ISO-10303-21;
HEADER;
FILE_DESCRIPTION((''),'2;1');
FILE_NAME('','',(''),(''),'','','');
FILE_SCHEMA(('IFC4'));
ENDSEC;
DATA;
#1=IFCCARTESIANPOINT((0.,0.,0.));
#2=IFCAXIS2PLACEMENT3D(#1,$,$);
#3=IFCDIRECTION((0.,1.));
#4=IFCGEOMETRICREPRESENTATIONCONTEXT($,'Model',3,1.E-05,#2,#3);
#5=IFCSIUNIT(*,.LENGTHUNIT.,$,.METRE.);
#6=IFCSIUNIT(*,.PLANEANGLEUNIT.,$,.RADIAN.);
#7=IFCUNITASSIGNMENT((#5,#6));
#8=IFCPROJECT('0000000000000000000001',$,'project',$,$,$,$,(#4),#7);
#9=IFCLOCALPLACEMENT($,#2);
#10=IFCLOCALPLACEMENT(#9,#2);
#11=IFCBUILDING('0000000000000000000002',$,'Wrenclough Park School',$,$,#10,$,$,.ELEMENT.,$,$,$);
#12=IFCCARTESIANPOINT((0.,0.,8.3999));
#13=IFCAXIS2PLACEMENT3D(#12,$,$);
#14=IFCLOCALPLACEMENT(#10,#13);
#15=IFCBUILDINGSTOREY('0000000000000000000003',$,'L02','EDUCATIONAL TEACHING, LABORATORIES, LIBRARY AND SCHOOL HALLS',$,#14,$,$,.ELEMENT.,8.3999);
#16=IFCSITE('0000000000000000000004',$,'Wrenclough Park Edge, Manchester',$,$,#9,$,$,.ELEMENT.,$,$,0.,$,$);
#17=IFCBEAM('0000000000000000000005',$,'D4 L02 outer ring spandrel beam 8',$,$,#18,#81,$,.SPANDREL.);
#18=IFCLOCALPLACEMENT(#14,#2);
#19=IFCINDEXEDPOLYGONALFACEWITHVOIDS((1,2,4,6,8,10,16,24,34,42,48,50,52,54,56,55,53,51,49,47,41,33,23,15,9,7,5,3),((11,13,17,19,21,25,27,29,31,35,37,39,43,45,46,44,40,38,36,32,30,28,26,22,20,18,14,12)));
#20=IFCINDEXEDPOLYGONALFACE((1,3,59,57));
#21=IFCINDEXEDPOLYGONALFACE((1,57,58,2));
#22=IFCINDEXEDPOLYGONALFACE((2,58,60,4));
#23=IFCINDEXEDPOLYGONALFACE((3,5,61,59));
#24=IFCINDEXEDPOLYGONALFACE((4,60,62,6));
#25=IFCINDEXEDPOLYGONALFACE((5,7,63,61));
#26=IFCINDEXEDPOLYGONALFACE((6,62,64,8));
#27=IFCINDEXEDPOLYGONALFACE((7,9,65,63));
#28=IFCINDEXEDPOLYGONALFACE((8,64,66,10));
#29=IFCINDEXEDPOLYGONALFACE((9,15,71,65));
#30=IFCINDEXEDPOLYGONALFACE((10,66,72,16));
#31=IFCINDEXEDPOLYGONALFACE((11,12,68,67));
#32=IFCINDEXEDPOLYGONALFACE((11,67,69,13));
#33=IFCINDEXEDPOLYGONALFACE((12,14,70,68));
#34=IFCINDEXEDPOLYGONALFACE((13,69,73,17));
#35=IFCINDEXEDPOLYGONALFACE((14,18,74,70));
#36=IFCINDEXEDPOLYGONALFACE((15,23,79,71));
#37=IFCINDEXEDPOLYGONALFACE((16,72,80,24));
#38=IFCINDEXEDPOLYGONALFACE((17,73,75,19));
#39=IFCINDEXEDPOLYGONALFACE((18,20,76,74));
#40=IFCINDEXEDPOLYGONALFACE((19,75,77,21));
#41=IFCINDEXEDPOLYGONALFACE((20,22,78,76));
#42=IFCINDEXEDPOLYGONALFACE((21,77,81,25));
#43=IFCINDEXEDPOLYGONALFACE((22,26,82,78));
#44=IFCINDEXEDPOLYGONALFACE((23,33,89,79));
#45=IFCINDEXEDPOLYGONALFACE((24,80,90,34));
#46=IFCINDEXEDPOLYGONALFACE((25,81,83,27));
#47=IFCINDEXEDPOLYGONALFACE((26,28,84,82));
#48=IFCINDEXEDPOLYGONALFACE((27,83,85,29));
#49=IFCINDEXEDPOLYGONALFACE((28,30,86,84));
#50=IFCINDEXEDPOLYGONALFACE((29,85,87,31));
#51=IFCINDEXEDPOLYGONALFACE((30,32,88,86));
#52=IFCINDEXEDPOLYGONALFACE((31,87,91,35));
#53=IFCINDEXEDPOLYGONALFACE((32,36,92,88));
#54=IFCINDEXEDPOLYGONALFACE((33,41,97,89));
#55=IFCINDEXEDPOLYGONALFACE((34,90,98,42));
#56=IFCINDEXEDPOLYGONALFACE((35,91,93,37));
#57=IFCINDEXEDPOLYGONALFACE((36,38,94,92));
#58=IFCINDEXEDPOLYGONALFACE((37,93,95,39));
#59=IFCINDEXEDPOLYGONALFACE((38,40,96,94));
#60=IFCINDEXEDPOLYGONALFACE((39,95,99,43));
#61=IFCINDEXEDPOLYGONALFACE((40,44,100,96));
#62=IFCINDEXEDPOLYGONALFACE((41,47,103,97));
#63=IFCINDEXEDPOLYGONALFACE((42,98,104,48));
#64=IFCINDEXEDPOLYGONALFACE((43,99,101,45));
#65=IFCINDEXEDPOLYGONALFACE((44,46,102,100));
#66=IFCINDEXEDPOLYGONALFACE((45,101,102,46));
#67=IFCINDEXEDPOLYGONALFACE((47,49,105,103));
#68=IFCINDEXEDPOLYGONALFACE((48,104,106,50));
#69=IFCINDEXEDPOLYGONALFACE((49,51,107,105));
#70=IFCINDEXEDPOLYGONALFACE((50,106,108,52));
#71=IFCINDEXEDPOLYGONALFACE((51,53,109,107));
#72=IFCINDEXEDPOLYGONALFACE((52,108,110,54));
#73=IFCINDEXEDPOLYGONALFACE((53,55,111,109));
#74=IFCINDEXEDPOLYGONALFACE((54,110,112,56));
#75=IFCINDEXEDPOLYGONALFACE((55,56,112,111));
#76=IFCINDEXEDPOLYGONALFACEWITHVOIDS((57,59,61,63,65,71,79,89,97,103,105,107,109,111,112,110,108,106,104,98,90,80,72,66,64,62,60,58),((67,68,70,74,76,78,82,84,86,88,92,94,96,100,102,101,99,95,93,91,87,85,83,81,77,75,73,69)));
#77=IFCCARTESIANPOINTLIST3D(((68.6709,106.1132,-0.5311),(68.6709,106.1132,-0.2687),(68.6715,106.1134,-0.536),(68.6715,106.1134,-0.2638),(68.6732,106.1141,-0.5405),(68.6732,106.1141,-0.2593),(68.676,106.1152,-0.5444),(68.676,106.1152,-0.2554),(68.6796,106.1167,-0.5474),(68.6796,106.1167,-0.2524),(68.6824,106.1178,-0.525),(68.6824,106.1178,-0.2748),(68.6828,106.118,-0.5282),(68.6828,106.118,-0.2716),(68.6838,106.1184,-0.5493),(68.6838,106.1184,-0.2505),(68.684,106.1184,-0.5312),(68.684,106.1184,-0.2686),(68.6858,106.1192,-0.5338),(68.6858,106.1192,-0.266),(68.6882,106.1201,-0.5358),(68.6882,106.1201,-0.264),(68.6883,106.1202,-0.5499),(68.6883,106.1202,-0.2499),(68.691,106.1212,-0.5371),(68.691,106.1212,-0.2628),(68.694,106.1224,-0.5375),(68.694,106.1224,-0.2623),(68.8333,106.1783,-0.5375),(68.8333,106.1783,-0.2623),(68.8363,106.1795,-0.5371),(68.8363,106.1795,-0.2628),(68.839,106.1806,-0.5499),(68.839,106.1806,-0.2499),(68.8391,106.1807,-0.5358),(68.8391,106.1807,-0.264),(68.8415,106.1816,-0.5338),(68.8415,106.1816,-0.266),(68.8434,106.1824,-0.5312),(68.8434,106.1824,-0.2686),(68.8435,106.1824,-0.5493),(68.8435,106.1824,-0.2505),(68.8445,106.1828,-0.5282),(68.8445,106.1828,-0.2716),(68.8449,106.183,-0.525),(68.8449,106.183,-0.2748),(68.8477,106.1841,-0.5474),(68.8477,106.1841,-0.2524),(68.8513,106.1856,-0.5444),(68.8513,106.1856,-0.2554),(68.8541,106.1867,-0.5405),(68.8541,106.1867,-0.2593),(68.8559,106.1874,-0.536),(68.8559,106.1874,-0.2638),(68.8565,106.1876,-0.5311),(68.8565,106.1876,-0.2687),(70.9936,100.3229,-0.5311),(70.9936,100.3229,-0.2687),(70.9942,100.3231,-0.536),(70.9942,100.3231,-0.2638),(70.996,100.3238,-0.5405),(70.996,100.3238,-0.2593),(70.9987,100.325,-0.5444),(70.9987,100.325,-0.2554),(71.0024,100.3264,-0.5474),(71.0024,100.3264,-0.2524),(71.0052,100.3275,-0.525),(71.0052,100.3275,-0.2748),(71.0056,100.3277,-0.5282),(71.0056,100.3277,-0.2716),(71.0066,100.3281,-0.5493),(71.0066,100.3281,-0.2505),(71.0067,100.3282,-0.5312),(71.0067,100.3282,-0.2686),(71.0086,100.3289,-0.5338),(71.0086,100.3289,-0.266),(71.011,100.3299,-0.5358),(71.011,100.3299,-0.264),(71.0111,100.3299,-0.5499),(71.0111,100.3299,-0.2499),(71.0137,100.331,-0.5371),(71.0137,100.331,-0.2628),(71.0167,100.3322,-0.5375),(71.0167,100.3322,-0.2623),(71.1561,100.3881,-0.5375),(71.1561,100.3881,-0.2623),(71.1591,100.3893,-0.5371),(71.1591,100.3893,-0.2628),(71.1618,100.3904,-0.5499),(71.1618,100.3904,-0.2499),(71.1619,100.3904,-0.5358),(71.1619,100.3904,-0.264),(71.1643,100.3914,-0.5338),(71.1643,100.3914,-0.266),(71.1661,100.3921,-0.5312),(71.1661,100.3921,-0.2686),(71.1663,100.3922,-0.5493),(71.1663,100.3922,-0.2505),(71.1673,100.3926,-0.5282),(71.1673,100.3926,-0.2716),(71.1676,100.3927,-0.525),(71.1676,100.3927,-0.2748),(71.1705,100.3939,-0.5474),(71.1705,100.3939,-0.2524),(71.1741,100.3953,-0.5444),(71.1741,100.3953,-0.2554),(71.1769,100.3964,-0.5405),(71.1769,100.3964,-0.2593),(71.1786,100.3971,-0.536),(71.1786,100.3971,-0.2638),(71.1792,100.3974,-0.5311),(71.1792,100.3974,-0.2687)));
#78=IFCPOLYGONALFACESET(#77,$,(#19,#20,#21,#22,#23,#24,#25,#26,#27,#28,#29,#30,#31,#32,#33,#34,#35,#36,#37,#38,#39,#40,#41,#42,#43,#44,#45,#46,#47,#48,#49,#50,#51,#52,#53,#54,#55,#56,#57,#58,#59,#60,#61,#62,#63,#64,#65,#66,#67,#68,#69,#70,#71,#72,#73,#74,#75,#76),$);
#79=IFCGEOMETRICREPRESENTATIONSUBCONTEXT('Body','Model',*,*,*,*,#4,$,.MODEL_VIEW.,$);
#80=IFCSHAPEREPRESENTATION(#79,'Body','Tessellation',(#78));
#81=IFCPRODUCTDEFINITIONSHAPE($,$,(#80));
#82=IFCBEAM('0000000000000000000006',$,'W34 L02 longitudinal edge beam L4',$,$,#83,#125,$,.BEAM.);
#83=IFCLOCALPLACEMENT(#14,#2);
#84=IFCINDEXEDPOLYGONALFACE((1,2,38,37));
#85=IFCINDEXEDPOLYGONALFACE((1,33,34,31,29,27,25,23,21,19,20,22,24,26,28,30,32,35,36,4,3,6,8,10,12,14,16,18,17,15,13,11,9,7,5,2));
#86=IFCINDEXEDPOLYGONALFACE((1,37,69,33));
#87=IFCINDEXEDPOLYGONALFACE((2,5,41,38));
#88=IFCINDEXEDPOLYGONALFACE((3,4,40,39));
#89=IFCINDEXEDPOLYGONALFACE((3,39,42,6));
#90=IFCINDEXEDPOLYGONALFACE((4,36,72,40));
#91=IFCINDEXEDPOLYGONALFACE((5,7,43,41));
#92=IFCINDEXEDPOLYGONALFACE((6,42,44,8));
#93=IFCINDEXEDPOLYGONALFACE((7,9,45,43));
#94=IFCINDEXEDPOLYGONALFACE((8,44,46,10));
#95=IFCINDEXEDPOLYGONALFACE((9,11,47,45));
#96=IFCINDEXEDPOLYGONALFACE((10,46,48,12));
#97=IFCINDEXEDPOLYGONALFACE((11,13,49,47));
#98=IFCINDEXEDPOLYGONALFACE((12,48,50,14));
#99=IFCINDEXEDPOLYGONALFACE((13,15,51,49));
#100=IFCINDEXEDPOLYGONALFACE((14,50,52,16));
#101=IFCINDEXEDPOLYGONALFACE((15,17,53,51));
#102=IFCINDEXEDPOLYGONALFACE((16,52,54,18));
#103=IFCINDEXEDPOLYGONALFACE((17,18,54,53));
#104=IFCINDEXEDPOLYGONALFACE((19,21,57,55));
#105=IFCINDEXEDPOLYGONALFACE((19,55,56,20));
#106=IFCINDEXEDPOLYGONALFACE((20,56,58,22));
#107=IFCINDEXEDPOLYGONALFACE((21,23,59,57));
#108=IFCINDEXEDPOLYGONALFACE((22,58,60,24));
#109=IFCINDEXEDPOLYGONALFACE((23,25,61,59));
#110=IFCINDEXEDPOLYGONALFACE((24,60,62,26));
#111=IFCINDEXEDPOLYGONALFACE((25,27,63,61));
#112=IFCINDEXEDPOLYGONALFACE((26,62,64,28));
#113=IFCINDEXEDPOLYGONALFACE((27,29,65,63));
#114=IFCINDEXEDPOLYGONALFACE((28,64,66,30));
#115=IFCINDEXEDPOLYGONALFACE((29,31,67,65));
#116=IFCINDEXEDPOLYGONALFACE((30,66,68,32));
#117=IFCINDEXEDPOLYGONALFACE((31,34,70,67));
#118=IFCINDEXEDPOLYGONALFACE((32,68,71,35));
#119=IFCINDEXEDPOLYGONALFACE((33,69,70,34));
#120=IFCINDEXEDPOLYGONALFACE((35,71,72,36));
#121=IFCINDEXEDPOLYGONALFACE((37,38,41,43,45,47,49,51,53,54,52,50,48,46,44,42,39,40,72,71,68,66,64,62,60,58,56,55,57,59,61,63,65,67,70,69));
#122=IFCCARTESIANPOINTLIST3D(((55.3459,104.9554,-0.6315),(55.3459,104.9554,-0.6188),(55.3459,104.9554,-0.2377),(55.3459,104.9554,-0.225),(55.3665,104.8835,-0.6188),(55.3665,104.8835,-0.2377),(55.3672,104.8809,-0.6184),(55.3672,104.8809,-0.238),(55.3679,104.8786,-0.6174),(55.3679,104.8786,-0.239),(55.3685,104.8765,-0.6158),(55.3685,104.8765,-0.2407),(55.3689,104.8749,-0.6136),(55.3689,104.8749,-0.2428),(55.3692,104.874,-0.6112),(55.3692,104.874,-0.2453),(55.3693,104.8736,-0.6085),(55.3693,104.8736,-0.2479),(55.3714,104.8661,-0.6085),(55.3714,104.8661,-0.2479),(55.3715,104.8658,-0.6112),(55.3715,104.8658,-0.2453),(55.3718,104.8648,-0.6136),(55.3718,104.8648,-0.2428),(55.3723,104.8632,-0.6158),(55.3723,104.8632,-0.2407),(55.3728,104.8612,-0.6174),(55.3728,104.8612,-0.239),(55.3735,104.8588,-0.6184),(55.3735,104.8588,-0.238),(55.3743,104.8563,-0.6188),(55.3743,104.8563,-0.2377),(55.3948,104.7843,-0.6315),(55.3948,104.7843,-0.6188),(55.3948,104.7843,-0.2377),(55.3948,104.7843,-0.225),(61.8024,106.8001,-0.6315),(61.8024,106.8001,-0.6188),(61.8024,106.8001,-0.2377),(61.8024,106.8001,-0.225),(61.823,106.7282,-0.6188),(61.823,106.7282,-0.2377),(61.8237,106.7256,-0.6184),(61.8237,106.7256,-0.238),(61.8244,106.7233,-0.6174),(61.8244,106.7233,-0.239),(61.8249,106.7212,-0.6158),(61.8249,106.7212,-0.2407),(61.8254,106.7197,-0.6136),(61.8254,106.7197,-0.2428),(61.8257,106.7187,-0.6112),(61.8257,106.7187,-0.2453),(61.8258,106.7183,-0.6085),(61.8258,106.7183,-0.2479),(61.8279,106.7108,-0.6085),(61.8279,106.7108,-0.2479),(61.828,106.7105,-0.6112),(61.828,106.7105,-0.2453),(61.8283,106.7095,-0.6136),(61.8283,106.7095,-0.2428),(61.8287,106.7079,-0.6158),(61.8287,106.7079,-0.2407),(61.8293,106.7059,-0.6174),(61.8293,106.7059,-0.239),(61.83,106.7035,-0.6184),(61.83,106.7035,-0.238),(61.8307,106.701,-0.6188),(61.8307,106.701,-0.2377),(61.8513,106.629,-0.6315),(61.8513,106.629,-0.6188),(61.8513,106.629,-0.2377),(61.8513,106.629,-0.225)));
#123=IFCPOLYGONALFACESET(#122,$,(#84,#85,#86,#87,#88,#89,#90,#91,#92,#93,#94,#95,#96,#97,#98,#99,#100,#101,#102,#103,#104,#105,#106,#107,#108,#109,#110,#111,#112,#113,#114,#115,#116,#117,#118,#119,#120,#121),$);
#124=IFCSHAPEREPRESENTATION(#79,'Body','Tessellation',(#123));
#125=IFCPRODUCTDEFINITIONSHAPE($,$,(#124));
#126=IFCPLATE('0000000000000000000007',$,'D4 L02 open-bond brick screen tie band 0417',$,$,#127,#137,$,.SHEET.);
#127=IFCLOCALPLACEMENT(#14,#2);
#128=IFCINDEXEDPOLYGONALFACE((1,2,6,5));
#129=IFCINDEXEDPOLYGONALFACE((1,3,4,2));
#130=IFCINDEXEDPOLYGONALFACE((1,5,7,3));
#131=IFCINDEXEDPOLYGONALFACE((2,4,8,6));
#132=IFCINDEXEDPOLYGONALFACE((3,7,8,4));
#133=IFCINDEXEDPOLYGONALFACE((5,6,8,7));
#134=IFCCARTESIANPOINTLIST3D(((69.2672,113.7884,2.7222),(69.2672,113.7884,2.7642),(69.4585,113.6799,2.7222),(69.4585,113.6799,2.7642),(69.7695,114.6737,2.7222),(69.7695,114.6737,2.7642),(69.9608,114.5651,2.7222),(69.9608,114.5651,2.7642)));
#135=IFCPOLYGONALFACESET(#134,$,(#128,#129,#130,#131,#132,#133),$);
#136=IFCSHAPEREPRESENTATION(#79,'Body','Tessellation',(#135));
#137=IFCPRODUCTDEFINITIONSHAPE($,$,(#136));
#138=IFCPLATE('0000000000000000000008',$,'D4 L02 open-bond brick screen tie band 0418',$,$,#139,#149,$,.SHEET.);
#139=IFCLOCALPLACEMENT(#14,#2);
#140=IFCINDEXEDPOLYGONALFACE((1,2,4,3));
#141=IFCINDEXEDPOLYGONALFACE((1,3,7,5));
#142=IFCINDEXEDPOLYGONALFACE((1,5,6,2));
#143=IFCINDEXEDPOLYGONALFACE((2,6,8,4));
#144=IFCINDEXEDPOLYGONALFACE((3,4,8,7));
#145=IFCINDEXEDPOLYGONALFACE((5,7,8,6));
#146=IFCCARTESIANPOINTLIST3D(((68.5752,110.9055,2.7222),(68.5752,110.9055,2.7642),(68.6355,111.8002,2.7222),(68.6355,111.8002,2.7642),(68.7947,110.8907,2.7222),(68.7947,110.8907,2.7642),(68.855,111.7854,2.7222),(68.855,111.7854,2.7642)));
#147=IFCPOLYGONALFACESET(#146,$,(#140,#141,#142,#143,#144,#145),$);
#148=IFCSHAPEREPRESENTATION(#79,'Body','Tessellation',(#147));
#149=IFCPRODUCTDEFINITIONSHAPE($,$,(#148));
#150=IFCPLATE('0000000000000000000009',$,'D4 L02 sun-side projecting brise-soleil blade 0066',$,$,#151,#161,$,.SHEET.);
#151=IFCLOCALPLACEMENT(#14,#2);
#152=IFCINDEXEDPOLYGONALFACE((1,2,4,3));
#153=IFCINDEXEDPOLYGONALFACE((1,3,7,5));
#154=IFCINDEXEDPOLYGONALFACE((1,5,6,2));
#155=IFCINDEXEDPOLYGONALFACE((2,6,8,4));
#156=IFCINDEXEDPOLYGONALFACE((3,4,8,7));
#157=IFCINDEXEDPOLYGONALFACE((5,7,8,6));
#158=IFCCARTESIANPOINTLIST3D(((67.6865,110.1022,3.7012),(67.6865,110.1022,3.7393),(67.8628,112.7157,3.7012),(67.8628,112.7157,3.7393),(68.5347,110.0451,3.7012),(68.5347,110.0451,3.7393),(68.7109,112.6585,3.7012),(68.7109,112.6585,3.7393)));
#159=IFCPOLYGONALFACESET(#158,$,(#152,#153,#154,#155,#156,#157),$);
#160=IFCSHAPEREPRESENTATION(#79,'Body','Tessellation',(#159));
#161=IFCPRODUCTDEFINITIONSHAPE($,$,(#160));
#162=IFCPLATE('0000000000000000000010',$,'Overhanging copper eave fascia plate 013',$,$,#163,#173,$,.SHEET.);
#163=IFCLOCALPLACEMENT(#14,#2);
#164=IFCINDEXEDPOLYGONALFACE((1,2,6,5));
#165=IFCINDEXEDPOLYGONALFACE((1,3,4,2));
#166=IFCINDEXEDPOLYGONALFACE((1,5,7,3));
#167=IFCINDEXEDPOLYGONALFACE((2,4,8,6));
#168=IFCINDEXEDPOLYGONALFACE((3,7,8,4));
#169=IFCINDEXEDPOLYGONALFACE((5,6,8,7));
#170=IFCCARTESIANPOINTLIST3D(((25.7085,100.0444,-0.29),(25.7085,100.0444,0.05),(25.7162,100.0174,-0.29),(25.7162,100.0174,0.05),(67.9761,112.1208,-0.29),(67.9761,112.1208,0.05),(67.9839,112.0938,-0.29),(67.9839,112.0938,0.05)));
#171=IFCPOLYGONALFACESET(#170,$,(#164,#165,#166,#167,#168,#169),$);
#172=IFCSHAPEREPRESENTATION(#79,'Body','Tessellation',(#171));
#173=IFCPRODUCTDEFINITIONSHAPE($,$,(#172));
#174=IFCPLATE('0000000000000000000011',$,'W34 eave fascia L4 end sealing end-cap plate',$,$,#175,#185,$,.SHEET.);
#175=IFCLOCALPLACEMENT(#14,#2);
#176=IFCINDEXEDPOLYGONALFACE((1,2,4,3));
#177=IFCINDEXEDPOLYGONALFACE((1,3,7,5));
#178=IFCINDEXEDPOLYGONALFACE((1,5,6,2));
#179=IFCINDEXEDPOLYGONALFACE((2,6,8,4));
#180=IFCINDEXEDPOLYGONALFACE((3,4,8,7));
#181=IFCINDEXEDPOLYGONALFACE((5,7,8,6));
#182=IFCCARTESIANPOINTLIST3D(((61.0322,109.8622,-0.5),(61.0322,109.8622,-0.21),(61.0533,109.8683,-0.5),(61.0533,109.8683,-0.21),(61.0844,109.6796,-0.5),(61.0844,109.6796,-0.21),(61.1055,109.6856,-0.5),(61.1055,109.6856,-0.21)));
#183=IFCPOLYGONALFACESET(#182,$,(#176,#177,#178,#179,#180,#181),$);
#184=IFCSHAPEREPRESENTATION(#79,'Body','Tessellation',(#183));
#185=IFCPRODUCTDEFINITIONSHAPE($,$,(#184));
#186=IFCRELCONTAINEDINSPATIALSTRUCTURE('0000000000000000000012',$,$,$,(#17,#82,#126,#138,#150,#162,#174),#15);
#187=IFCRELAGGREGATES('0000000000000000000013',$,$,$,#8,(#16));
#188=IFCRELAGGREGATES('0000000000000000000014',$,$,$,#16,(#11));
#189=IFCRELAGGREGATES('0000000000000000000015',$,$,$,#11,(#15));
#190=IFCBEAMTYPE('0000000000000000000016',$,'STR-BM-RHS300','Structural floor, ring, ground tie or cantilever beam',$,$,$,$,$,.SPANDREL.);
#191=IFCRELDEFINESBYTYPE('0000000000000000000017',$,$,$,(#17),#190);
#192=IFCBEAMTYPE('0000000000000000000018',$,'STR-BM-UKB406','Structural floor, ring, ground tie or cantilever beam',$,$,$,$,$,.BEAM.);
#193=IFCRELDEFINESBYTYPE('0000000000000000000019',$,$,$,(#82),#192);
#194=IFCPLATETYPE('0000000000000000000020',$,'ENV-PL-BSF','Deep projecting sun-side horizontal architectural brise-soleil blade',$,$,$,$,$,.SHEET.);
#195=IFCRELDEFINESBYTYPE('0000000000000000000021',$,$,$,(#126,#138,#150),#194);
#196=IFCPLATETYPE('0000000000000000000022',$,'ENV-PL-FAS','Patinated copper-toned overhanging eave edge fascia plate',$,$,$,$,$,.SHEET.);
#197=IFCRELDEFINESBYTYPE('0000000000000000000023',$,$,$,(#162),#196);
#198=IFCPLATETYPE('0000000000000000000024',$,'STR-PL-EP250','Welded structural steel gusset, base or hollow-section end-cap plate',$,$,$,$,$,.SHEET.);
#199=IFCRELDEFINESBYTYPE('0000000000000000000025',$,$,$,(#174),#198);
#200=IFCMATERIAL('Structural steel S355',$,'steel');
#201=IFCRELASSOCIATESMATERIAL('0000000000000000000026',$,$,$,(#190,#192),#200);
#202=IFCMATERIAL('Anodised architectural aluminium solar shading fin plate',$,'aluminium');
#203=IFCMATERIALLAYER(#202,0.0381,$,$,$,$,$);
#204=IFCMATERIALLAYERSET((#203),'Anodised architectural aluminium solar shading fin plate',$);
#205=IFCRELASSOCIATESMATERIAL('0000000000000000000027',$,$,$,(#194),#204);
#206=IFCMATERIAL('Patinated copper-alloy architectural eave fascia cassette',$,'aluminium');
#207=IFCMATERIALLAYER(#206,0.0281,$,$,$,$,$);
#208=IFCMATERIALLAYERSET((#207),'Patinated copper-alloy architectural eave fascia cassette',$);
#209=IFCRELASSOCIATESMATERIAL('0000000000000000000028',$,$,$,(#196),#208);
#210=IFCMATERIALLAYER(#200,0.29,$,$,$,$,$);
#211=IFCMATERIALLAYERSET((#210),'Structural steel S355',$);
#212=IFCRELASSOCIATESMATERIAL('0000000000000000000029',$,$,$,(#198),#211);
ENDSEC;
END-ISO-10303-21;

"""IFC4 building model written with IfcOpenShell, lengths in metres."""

from ifc_helpers import new_model, si_unit, direction, frame, origin, origin_2d, place, context, subcontext, project, spatial, rectangle, hollow_rectangle, i_section, extrude, material, layer, layer_set, material_profile, profile_set, type_object, element, save


model = new_model("IFC4")

# Units and contexts
model_context = context("Model", 3, precision=1e-05, world=origin(), true_north=direction((0.0, 1.0)))
body_context = subcontext(model_context, "Body", "Model", "MODEL_VIEW")
ifc_project = project(units=[si_unit("LENGTHUNIT", "METRE"), si_unit("PLANEANGLEUNIT", "RADIAN")], contexts=[model_context])

# Site, building, storey
site_placement = place(None, origin())
site = spatial("IfcSite", under=ifc_project, at=site_placement, Name="Wrenclough Park Edge, Manchester", CompositionType="ELEMENT", RefElevation=0.0)
building_placement = place(site_placement, origin())
building = spatial("IfcBuilding", under=site, at=building_placement, Name="Wrenclough Park School", CompositionType="ELEMENT")
storey_placement = place(building_placement, frame((0.0, 0.0, 8.3999)))
storey = spatial("IfcBuildingStorey", under=building, at=storey_placement, Name="L02", Description="EDUCATIONAL TEACHING, LABORATORIES, LIBRARY AND SCHOOL HALLS", CompositionType="ELEMENT", Elevation=8.3999)

# Shared definitions
ifc_material_1 = material(Name="Structural steel S355", Category="steel")

# Beams
ifc_material_profile_1 = material_profile(ifc_material_1, hollow_rectangle(XDim=0.2, YDim=0.3, WallThickness=0.0125, InnerFilletRadius=0.0125, OuterFilletRadius=0.0188, at=origin_2d()), Name="RHS 300x200x12.5")
ifc_profile_set_1 = profile_set([ifc_material_profile_1], Name="Structural steel S355")
beam_type_1 = type_object("IfcBeamType", Name="STR-BM-RHS300", Description="Structural floor, ring, ground tie or cantilever beam", PredefinedType="SPANDREL", material=ifc_profile_set_1)
beam_1_placement = place(storey_placement, frame((68.7637, 106.1504, -0.3999), z_axis=(0.372308, -0.928109, 0.0), x_axis=(0.928109, 0.372308, 0.0)))
element("IfcBeam", 1, at=beam_1_placement, inside=storey, type_object=beam_type_1, Name="D4 L02 outer ring spandrel beam 8", PredefinedType="SPANDREL", context=body_context, shape_type="SweptSolid", body=[
    extrude(hollow_rectangle(XDim=0.2, YDim=0.3, WallThickness=0.0125, InnerFilletRadius=0.0125, OuterFilletRadius=0.0188, at=origin_2d()), origin(), (0.0, 0.0, 1.0), 6.2388),
])
ifc_material_profile_2 = material_profile(ifc_material_1, i_section(OverallWidth=0.178, OverallDepth=0.4065, WebThickness=0.0078, FlangeThickness=0.0127, FilletRadius=0.0103, at=origin_2d()), Name="UKB 406x178x60")
ifc_profile_set_2 = profile_set([ifc_material_profile_2], Name="Structural steel S355")
beam_type_2 = type_object("IfcBeamType", Name="STR-BM-UKB406", Description="Structural floor, ring, ground tie or cantilever beam", PredefinedType="BEAM", material=ifc_profile_set_2)
beam_2_placement = place(storey_placement, frame((55.3704, 104.8699, -0.4282), z_axis=(0.961524, 0.274721, 0.0), x_axis=(-0.274721, 0.961524, 0.0)))
element("IfcBeam", 2, at=beam_2_placement, inside=storey, type_object=beam_type_2, Name="W34 L02 longitudinal edge beam L4", PredefinedType="BEAM", context=body_context, shape_type="SweptSolid", body=[
    extrude(i_section(OverallWidth=0.178, OverallDepth=0.4065, WebThickness=0.0078, FlangeThickness=0.0127, FilletRadius=0.0103, at=origin_2d()), origin(), (0.0, 0.0, 1.0), 6.7148),
])

# Plates
ifc_material_2 = material(Name="Anodised architectural aluminium solar shading fin plate", Category="aluminium")
ifc_layer_1 = layer(ifc_material_2, 0.0381)
ifc_layer_set_1 = layer_set([ifc_layer_1], Name="Anodised architectural aluminium solar shading fin plate")
plate_type_1 = type_object("IfcPlateType", Name="ENV-PL-BSF", Description="Deep projecting sun-side horizontal architectural brise-soleil blade", PredefinedType="SHEET", material=ifc_layer_set_1)
plate_1_placement = place(storey_placement, frame((69.614, 114.1768, 2.7222), z_axis=(0.0, 0.0, 1.0), x_axis=(-0.493509, -0.869741, 0.0)))
element("IfcPlate", 3, at=plate_1_placement, inside=storey, type_object=plate_type_1, Name="D4 L02 open-bond brick screen tie band 0417", PredefinedType="SHEET", context=body_context, shape_type="SweptSolid", body=[
    extrude(rectangle(XDim=1.0178, YDim=0.22, at=origin_2d()), origin(), (0.0, 0.0, 1.0), 0.042),
])
plate_2_placement = place(storey_placement, frame((68.7151, 111.3455, 2.7222), z_axis=(0.0, 0.0, 1.0), x_axis=(-0.067274, -0.997735, 0.0)))
element("IfcPlate", 4, at=plate_2_placement, inside=storey, type_object=plate_type_1, Name="D4 L02 open-bond brick screen tie band 0418", PredefinedType="SHEET", context=body_context, shape_type="SweptSolid", body=[
    extrude(rectangle(XDim=0.8967, YDim=0.22, at=origin_2d()), origin(), (0.0, 0.0, 1.0), 0.042),
])
plate_3_placement = place(storey_placement, frame((68.1987, 111.3804, 3.7012), z_axis=(0.0, 0.0, 1.0), x_axis=(-0.067274, -0.997735, 0.0)))
element("IfcPlate", 5, at=plate_3_placement, inside=storey, type_object=plate_type_1, Name="D4 L02 sun-side projecting brise-soleil blade 0066", PredefinedType="SHEET", context=body_context, shape_type="SweptSolid", body=[
    extrude(rectangle(XDim=2.6194, YDim=0.8501, at=origin_2d()), origin(), (0.0, 0.0, 1.0), 0.0381),
])
ifc_material_3 = material(Name="Patinated copper-alloy architectural eave fascia cassette", Category="aluminium")
ifc_layer_2 = layer(ifc_material_3, 0.0281)
ifc_layer_set_2 = layer_set([ifc_layer_2], Name="Patinated copper-alloy architectural eave fascia cassette")
plate_type_2 = type_object("IfcPlateType", Name="ENV-PL-FAS", Description="Patinated copper-toned overhanging eave edge fascia plate", PredefinedType="SHEET", material=ifc_layer_set_2)
plate_4_placement = place(storey_placement, frame((46.8462, 106.0691, -0.29), z_axis=(0.0, 0.0, 1.0), x_axis=(-0.961524, -0.27472, 0.0)))
element("IfcPlate", 6, at=plate_4_placement, inside=storey, type_object=plate_type_2, Name="Overhanging copper eave fascia plate 013", PredefinedType="SHEET", context=body_context, shape_type="SweptSolid", body=[
    extrude(rectangle(XDim=43.959, YDim=0.0281, at=origin_2d()), origin(), (0.0, 0.0, 1.0), 0.3401),
])
ifc_layer_3 = layer(ifc_material_1, 0.29)
ifc_layer_set_3 = layer_set([ifc_layer_3], Name="Structural steel S355")
plate_type_3 = type_object("IfcPlateType", Name="STR-PL-EP250", Description="Welded structural steel gusset, base or hollow-section end-cap plate", PredefinedType="SHEET", material=ifc_layer_set_3)
plate_5_placement = place(storey_placement, frame((61.0688, 109.7739, -0.5), z_axis=(0.0, 0.0, 1.0), x_axis=(0.961502, 0.274798, 0.0)))
element("IfcPlate", 7, at=plate_5_placement, inside=storey, type_object=plate_type_3, Name="W34 eave fascia L4 end sealing end-cap plate", PredefinedType="SHEET", context=body_context, shape_type="SweptSolid", body=[
    extrude(rectangle(XDim=0.022, YDim=0.1899, at=origin_2d()), origin(), (0.0, 0.0, 1.0), 0.29),
])

save(model, "model.ifc")
